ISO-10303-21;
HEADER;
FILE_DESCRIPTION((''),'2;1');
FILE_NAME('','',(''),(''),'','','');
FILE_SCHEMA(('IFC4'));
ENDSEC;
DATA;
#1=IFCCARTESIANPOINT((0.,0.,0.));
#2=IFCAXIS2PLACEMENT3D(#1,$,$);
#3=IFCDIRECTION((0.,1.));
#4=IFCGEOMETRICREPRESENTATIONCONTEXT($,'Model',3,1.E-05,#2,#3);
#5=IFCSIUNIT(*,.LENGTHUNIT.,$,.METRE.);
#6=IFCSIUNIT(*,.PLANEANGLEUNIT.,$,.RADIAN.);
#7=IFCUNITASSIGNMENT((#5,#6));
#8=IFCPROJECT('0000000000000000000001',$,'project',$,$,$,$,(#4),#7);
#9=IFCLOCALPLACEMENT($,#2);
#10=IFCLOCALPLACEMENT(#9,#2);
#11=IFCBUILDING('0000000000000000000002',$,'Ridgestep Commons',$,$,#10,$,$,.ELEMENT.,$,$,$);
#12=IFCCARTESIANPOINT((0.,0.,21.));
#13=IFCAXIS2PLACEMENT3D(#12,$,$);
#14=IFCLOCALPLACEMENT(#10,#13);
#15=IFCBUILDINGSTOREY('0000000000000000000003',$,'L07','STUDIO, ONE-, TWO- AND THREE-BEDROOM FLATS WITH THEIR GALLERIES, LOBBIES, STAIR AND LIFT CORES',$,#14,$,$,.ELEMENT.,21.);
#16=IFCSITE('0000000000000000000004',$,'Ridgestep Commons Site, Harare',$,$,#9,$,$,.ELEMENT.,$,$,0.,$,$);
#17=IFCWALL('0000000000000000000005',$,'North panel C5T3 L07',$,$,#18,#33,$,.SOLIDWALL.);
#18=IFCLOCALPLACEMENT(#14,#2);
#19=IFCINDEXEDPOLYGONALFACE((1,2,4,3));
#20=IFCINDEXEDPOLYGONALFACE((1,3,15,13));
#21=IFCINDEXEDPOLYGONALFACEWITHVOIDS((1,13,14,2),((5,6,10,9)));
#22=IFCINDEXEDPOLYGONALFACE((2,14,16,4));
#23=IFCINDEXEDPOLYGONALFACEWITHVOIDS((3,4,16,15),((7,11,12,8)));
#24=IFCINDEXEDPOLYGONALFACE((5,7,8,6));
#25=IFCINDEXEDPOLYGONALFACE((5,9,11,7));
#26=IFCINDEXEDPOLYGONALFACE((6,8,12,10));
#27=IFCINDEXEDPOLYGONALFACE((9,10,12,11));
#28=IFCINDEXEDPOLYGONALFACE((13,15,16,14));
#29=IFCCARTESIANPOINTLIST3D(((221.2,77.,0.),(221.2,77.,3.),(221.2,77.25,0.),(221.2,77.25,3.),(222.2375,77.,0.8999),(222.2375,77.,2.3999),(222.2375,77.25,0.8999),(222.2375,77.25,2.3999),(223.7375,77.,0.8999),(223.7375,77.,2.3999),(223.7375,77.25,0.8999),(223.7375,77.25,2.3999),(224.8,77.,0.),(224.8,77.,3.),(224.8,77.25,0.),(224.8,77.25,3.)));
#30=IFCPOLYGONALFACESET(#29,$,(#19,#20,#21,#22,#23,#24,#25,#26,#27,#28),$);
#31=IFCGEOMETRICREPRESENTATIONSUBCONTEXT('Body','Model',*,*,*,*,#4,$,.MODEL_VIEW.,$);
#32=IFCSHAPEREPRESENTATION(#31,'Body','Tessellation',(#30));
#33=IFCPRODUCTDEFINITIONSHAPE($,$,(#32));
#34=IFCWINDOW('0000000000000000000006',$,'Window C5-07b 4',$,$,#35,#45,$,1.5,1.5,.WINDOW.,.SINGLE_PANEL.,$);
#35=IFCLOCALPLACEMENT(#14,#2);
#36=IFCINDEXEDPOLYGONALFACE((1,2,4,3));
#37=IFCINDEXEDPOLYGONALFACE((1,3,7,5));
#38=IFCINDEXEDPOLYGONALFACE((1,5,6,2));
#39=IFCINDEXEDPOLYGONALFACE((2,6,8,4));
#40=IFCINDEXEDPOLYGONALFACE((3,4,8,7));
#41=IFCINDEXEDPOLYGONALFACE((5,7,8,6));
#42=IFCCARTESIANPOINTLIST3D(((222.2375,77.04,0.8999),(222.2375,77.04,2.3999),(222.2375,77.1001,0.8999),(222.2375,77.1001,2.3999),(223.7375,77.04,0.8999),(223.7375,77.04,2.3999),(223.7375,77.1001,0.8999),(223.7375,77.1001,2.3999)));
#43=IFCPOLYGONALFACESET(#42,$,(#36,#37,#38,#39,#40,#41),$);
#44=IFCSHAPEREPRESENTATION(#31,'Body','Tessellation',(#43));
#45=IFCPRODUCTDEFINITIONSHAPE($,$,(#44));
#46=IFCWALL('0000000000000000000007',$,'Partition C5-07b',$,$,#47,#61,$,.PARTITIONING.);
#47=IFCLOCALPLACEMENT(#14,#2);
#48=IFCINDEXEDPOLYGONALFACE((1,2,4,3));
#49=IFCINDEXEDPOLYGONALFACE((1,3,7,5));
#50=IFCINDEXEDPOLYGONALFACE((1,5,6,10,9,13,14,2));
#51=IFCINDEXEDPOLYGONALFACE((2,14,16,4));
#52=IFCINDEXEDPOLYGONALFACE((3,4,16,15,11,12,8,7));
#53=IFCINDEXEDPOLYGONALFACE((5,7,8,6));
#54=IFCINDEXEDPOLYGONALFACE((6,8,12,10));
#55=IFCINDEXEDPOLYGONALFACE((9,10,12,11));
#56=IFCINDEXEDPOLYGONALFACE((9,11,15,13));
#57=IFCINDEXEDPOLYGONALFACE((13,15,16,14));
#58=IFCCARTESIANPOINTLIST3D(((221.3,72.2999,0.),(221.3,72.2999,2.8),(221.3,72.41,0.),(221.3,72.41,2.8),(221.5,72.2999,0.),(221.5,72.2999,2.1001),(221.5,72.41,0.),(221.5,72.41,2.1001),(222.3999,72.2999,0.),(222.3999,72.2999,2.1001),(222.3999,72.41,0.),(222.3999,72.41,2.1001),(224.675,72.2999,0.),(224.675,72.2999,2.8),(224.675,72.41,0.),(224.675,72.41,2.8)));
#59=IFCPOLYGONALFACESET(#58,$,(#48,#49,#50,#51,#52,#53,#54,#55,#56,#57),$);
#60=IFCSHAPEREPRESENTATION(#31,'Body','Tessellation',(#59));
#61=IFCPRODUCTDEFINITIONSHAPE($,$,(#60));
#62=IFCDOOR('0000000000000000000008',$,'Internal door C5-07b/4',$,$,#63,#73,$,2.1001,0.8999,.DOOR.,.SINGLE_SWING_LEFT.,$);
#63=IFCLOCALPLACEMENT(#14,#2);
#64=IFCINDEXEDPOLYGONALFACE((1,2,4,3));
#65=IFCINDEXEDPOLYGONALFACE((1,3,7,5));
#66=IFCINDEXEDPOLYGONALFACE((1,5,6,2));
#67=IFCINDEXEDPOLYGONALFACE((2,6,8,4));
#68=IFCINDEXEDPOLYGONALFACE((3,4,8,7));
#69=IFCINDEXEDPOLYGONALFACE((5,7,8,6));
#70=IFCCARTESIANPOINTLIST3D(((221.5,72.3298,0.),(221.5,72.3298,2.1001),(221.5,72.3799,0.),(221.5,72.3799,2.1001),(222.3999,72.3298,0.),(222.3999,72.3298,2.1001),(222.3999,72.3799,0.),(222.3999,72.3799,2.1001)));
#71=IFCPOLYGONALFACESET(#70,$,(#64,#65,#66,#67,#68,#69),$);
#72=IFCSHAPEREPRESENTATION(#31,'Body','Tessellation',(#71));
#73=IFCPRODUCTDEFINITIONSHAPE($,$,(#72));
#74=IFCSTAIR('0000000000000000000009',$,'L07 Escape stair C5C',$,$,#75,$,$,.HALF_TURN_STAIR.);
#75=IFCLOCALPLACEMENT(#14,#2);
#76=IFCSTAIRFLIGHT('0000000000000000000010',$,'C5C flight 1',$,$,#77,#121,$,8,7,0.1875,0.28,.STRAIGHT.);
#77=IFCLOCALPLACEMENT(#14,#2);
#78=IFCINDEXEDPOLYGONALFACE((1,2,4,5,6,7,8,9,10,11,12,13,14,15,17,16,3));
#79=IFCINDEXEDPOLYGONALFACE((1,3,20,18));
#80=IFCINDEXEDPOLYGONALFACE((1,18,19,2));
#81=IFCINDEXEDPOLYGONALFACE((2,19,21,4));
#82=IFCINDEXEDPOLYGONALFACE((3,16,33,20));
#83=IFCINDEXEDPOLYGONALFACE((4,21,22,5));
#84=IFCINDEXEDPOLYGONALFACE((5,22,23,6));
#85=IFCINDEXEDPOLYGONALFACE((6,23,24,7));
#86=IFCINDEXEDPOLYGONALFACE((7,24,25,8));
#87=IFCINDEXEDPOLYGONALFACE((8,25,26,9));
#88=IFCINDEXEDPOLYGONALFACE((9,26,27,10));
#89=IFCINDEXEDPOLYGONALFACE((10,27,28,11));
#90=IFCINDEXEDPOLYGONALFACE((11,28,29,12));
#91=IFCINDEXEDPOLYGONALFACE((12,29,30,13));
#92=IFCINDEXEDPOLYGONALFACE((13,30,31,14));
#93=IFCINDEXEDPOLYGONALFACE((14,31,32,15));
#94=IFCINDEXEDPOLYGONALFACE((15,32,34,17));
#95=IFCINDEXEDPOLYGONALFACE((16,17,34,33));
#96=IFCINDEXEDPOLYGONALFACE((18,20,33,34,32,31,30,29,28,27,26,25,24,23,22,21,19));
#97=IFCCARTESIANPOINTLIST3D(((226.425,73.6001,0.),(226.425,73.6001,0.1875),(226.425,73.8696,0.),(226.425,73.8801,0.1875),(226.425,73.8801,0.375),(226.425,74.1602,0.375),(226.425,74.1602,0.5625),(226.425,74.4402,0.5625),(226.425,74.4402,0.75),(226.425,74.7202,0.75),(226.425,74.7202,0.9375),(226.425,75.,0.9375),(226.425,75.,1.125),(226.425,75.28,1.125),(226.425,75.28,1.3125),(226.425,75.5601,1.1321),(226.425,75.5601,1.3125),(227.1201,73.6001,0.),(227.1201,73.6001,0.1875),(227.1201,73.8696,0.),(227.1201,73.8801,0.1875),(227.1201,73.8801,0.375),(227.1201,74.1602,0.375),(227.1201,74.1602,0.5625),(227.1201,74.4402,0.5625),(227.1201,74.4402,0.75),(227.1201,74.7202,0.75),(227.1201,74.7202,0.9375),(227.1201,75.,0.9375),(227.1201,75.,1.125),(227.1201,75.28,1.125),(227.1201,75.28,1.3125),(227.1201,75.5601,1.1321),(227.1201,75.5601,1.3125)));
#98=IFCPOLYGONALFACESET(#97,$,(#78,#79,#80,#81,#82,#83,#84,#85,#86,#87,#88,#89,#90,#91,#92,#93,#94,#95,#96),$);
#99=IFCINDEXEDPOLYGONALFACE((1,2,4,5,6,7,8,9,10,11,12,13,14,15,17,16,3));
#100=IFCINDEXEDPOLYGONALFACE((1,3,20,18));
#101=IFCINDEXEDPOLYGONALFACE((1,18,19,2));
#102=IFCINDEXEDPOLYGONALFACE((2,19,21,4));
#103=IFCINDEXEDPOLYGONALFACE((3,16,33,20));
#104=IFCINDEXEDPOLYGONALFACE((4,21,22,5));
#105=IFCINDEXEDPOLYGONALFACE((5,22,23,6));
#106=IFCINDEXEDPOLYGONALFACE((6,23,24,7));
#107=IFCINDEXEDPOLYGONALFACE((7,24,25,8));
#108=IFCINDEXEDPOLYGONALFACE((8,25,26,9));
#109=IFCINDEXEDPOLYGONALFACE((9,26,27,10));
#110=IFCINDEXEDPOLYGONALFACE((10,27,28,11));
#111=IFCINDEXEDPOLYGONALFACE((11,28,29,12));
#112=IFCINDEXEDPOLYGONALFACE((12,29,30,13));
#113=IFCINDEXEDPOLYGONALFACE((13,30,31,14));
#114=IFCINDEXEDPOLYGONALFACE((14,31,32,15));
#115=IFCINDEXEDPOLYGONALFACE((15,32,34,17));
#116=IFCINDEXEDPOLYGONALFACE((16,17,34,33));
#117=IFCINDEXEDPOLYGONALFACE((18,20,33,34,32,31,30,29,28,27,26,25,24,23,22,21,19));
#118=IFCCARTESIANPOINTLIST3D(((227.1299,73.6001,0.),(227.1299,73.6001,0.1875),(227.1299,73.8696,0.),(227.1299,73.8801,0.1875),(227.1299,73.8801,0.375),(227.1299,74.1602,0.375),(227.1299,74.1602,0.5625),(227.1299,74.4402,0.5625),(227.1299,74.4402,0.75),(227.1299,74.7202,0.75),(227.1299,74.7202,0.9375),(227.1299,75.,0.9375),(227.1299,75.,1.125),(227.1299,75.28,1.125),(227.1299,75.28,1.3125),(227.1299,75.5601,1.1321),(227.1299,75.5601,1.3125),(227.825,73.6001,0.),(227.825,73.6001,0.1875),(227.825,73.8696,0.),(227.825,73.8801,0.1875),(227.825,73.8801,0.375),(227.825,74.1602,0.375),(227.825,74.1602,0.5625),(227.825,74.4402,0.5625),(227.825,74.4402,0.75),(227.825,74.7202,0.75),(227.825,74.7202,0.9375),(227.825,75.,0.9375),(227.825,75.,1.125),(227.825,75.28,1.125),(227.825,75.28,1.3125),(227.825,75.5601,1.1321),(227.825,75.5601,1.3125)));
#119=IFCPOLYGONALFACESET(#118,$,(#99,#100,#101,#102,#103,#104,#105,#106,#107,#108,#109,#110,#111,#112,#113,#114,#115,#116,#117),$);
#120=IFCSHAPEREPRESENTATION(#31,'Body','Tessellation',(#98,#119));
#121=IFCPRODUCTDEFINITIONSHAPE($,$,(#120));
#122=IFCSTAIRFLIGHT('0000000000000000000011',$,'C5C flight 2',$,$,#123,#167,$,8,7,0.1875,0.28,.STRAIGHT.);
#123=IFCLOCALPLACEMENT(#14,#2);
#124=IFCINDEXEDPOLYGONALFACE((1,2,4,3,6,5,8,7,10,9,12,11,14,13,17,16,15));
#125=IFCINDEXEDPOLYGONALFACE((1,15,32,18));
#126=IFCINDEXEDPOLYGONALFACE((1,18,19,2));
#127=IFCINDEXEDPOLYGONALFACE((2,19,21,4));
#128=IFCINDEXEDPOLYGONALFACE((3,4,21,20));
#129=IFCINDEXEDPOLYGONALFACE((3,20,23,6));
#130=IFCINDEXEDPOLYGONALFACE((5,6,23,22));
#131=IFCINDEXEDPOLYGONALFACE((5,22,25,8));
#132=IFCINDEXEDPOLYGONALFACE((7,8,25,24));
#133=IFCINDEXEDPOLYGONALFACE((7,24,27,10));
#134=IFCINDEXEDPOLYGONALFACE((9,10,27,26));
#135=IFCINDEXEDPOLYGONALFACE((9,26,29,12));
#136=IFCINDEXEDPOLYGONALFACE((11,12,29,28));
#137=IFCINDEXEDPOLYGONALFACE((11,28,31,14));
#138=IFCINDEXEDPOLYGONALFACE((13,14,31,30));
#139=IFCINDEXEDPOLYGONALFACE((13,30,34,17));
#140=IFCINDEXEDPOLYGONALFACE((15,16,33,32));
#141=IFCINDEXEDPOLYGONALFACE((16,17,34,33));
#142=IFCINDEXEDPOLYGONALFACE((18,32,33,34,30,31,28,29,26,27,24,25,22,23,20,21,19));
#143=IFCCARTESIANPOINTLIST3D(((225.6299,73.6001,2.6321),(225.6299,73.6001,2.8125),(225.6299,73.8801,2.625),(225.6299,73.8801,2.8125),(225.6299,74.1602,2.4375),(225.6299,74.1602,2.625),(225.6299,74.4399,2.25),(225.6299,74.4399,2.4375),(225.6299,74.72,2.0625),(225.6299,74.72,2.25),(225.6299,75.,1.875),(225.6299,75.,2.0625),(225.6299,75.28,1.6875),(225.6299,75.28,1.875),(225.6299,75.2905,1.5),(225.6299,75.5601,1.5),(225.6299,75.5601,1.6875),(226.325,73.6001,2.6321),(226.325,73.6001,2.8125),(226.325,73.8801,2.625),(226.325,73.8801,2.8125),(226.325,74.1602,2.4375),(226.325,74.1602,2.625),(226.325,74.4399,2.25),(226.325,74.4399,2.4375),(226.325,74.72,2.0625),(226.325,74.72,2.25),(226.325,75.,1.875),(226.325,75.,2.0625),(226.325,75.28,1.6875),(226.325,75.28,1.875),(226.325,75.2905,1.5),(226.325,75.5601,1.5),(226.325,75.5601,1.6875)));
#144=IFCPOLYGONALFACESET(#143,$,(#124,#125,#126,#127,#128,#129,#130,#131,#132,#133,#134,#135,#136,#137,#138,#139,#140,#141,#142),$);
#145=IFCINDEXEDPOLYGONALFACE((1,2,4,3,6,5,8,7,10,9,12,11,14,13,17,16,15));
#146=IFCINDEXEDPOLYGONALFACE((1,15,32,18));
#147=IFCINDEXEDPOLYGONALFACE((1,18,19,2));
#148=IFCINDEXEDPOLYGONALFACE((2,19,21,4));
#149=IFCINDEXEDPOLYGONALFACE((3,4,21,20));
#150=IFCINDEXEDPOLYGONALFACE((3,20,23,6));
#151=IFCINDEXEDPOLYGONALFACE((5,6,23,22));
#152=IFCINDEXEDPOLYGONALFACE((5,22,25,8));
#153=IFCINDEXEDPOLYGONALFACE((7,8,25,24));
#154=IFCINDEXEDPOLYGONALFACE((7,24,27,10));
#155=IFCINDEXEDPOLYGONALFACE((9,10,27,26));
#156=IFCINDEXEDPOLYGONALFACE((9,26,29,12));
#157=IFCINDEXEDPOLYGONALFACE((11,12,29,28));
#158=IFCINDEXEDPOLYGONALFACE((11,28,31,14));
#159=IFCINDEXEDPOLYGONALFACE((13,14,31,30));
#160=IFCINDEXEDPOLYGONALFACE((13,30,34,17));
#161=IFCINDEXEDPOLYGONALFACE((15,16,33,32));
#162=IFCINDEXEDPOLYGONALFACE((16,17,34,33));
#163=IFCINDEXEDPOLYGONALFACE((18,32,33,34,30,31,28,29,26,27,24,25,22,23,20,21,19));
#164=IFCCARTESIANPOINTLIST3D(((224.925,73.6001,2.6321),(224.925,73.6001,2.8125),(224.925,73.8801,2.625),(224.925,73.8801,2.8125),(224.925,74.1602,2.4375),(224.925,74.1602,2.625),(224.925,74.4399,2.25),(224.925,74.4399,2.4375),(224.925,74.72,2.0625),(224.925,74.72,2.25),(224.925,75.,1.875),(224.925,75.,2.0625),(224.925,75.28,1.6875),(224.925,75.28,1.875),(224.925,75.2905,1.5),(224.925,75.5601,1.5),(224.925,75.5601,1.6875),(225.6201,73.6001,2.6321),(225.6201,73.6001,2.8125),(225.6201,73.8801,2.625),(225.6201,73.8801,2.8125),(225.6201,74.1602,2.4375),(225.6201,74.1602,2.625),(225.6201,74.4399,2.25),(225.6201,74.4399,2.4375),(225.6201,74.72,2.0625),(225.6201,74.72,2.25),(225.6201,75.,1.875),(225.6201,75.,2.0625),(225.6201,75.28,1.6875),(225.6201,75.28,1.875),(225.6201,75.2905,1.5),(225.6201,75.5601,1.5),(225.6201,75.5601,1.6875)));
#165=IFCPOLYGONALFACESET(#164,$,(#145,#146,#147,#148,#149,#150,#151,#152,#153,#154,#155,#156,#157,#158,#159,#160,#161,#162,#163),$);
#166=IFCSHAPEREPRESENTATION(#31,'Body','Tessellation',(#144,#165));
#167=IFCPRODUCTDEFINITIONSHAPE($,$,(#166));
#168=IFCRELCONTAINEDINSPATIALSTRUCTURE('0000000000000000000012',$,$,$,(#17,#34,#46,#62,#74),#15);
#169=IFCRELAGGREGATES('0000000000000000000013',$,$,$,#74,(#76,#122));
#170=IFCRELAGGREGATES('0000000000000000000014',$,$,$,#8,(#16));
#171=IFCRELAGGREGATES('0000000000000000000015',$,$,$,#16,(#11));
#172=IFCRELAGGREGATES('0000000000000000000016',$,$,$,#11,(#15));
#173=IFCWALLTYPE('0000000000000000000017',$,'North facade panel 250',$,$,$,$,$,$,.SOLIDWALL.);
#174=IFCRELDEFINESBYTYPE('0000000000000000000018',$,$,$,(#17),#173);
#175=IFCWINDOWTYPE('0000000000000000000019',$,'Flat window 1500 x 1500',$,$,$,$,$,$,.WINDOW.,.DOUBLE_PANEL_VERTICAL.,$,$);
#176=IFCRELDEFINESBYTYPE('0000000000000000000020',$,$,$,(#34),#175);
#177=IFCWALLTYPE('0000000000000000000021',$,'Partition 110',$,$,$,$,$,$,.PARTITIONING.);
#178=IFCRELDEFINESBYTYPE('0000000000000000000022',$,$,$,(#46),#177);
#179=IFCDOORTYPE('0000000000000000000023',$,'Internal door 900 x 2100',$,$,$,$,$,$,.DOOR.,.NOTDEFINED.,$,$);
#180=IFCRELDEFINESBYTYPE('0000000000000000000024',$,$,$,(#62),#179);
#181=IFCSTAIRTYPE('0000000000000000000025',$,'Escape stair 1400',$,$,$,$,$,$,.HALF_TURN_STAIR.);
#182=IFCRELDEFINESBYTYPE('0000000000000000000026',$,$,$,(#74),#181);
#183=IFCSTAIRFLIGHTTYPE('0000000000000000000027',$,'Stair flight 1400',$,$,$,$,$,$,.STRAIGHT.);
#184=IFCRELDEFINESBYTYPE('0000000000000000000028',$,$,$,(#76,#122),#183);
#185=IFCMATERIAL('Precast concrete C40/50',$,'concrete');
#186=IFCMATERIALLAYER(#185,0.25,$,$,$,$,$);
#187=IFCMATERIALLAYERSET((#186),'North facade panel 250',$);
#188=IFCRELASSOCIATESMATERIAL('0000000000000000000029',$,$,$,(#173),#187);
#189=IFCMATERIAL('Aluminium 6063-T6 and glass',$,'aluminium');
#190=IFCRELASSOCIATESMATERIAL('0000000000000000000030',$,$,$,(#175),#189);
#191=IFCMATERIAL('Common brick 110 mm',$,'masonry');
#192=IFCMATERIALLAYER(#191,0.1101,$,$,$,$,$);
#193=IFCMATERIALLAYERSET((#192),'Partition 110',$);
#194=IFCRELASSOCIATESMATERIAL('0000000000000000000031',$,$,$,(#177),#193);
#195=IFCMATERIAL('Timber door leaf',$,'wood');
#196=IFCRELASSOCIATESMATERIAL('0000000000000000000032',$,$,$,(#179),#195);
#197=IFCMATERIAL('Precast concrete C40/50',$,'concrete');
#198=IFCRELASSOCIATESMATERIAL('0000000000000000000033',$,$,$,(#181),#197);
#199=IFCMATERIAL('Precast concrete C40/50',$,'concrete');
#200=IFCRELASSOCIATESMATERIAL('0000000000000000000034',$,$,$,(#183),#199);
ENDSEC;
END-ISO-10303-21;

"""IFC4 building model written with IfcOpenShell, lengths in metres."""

from ifc_helpers import new_model, si_unit, direction, frame, frame_2d, origin, place, context, subcontext, project, spatial, polyline, rectangle, outline, extrude, material, layer, layer_set, type_object, element, fill, aggregate, save


model = new_model("IFC4")

# Units and contexts
model_context = context("Model", 3, precision=1e-05, world=origin(), true_north=direction((0.0, 1.0)))
body_context = subcontext(model_context, "Body", "Model", "MODEL_VIEW")
ifc_project = project(units=[si_unit("LENGTHUNIT", "METRE"), si_unit("PLANEANGLEUNIT", "RADIAN")], contexts=[model_context])

# Site, building, storey
site_placement = place(None, origin())
site = spatial("IfcSite", under=ifc_project, at=site_placement, Name="Ridgestep Commons Site, Harare", CompositionType="ELEMENT", RefElevation=0.0)
building_placement = place(site_placement, origin())
building = spatial("IfcBuilding", under=site, at=building_placement, Name="Ridgestep Commons", CompositionType="ELEMENT")
storey_placement = place(building_placement, frame((0.0, 0.0, 21.0)))
storey = spatial("IfcBuildingStorey", under=building, at=storey_placement, Name="L07", Description="STUDIO, ONE-, TWO- AND THREE-BEDROOM FLATS WITH THEIR GALLERIES, LOBBIES, STAIR AND LIFT CORES", CompositionType="ELEMENT", Elevation=21.0)

# Wall, opening, window
ifc_material_1 = material(Name="Precast concrete C40/50", Category="concrete")
ifc_layer_1 = layer(ifc_material_1, 0.25)
ifc_layer_set_1 = layer_set([ifc_layer_1], Name="North facade panel 250")
wall_type_1 = type_object("IfcWallType", Name="North facade panel 250", PredefinedType="SOLIDWALL", material=ifc_layer_set_1)
wall_1_placement = place(storey_placement, frame((221.2, 77.125, 0.0), z_axis=(0.0, 0.0, 1.0), x_axis=(1.0, 0.0, 0.0)))
wall_1 = element("IfcWall", 1, at=wall_1_placement, inside=storey, type_object=wall_type_1, Name="North panel C5T3 L07", PredefinedType="SOLIDWALL", context=body_context, shape_type="SweptSolid", body=[
    extrude(rectangle(XDim=3.6001, YDim=0.25, at=frame_2d((1.8, 0.0))), origin(), (0.0, 0.0, 1.0), 3.0),
])
opening_1_placement = place(wall_1_placement, frame((1.0376, 0.0, 0.8999)))
opening_1 = element("IfcOpeningElement", 2, at=opening_1_placement, cuts=wall_1, PredefinedType="OPENING", context=body_context, shape_type="SweptSolid", body=[
    extrude(rectangle(XDim=1.5, YDim=1.5, at=frame_2d((0.75, 0.75))), frame((0.0, 0.135, 0.0), z_axis=(0.0, -1.0, 0.0), x_axis=(1.0, 0.0, 0.0)), (0.0, 0.0, 1.0), 0.27),
])
ifc_material_2 = material(Name="Aluminium 6063-T6 and glass", Category="aluminium")
window_type = type_object("IfcWindowType", Name="Flat window 1500 x 1500", PartitioningType="DOUBLE_PANEL_VERTICAL", PredefinedType="WINDOW", material=ifc_material_2)
window_placement = place(opening_1_placement, origin())
window = element("IfcWindow", 3, at=window_placement, inside=storey, type_object=window_type, Name="Window C5-07b 4", OverallHeight=1.5, OverallWidth=1.5, PartitioningType="SINGLE_PANEL", PredefinedType="WINDOW", context=body_context, shape_type="SweptSolid", body=[
    extrude(rectangle(XDim=1.5, YDim=1.5, at=frame_2d((0.75, 0.75))), frame((0.0, -0.0249, 0.0), z_axis=(0.0, -1.0, 0.0), x_axis=(1.0, 0.0, 0.0)), (0.0, 0.0, 1.0), 0.0601),
])
fill(opening_1, window)

# Wall, opening, door
ifc_material_3 = material(Name="Common brick 110 mm", Category="masonry")
ifc_layer_2 = layer(ifc_material_3, 0.1101)
ifc_layer_set_2 = layer_set([ifc_layer_2], Name="Partition 110")
wall_type_2 = type_object("IfcWallType", Name="Partition 110", PredefinedType="PARTITIONING", material=ifc_layer_set_2)
wall_2_placement = place(storey_placement, frame((221.3, 72.355, 0.0), z_axis=(0.0, 0.0, 1.0), x_axis=(1.0, 0.0, 0.0)))
wall_2 = element("IfcWall", 4, at=wall_2_placement, inside=storey, type_object=wall_type_2, Name="Partition C5-07b", PredefinedType="PARTITIONING", context=body_context, shape_type="SweptSolid", body=[
    extrude(rectangle(XDim=3.375, YDim=0.1101, at=frame_2d((1.6875, 0.0))), origin(), (0.0, 0.0, 1.0), 2.8),
])
opening_2_placement = place(wall_2_placement, frame((0.2, 0.0, 0.0)))
opening_2 = element("IfcOpeningElement", 5, at=opening_2_placement, cuts=wall_2, PredefinedType="OPENING", context=body_context, shape_type="SweptSolid", body=[
    extrude(rectangle(XDim=0.8999, YDim=2.1001, at=frame_2d((0.45, 1.05))), frame((0.0, 0.0649, 0.0), z_axis=(0.0, -1.0, 0.0), x_axis=(1.0, 0.0, 0.0)), (0.0, 0.0, 1.0), 0.1301),
])
ifc_material_4 = material(Name="Timber door leaf", Category="wood")
door_type = type_object("IfcDoorType", Name="Internal door 900 x 2100", OperationType="NOTDEFINED", PredefinedType="DOOR", material=ifc_material_4)
door_placement = place(opening_2_placement, origin())
door = element("IfcDoor", 6, at=door_placement, inside=storey, type_object=door_type, Name="Internal door C5-07b/4", OperationType="SINGLE_SWING_LEFT", OverallHeight=2.1001, OverallWidth=0.8999, PredefinedType="DOOR", context=body_context, shape_type="SweptSolid", body=[
    extrude(rectangle(XDim=0.8999, YDim=2.1001, at=frame_2d((0.45, 1.05))), frame((0.0, 0.0249, 0.0), z_axis=(0.0, -1.0, 0.0), x_axis=(1.0, 0.0, 0.0)), (0.0, 0.0, 1.0), 0.05),
])
fill(opening_2, door)

# Stair, stair flights
ifc_material_5 = material(Name="Precast concrete C40/50", Category="concrete")
stair_type = type_object("IfcStairType", Name="Escape stair 1400", PredefinedType="HALF_TURN_STAIR", material=ifc_material_5)
stair_placement = place(storey_placement, origin())
stair = element("IfcStair", 7, at=stair_placement, inside=storey, type_object=stair_type, Name="L07 Escape stair C5C", PredefinedType="HALF_TURN_STAIR")
ifc_material_6 = material(Name="Precast concrete C40/50", Category="concrete")
stair_flight_type = type_object("IfcStairFlightType", Name="Stair flight 1400", PredefinedType="STRAIGHT", material=ifc_material_6)
stair_flight_1_placement = place(storey_placement, frame((227.125, 73.6001, 0.0), z_axis=(0.0, 0.0, 1.0), x_axis=(0.0, 1.0, 0.0)))
stair_flight_1 = element("IfcStairFlight", 8, at=stair_flight_1_placement, type_object=stair_flight_type, Name="C5C flight 1", NumberOfRisers=8, NumberOfTreads=7, PredefinedType="STRAIGHT", RiserHeight=0.1875, TreadLength=0.28, context=body_context, shape_type="SweptSolid", body=[
    extrude(outline(polyline([(0.0, 0.0), (0.0, 0.1875), (0.28, 0.1875), (0.28, 0.375), (0.5601, 0.375), (0.5601, 0.5625), (0.8401, 0.5625), (0.8401, 0.75), (1.1201, 0.75), (1.1201, 0.9375), (1.3999, 0.9375), (1.3999, 1.125), (1.6799, 1.125), (1.6799, 1.3125), (1.96, 1.3125), (1.96, 1.5), (1.96, 1.1321), (0.2695, 0.0), (0.0, 0.0)])), frame((0.0, 0.7, 0.0), z_axis=(0.0, -1.0, 0.0), x_axis=(1.0, 0.0, 0.0)), (0.0, 0.0, 1.0), 0.6951),
    extrude(outline(polyline([(0.0, 0.0), (0.0, 0.1875), (0.28, 0.1875), (0.28, 0.375), (0.5601, 0.375), (0.5601, 0.5625), (0.8401, 0.5625), (0.8401, 0.75), (1.1201, 0.75), (1.1201, 0.9375), (1.3999, 0.9375), (1.3999, 1.125), (1.6799, 1.125), (1.6799, 1.3125), (1.96, 1.3125), (1.96, 1.5), (1.96, 1.1321), (0.2695, 0.0), (0.0, 0.0)])), frame((0.0, -0.0049, 0.0), z_axis=(0.0, -1.0, 0.0), x_axis=(1.0, 0.0, 0.0)), (0.0, 0.0, 1.0), 0.6951),
])
stair_flight_2_placement = place(storey_placement, frame((225.625, 75.5601, 1.5), z_axis=(0.0, 0.0, 1.0), x_axis=(0.0, -1.0, 0.0)))
stair_flight_2 = element("IfcStairFlight", 9, at=stair_flight_2_placement, type_object=stair_flight_type, Name="C5C flight 2", NumberOfRisers=8, NumberOfTreads=7, PredefinedType="STRAIGHT", RiserHeight=0.1875, TreadLength=0.28, context=body_context, shape_type="SweptSolid", body=[
    extrude(outline(polyline([(0.0, 0.0), (0.0, 0.1875), (0.28, 0.1875), (0.28, 0.375), (0.5601, 0.375), (0.5601, 0.5625), (0.8401, 0.5625), (0.8401, 0.75), (1.1201, 0.75), (1.1201, 0.9375), (1.3999, 0.9375), (1.3999, 1.125), (1.6799, 1.125), (1.6799, 1.3125), (1.96, 1.3125), (1.96, 1.5), (1.96, 1.1321), (0.2695, 0.0), (0.0, 0.0)])), frame((0.0, 0.7, 0.0), z_axis=(0.0, -1.0, 0.0), x_axis=(1.0, 0.0, 0.0)), (0.0, 0.0, 1.0), 0.6951),
    extrude(outline(polyline([(0.0, 0.0), (0.0, 0.1875), (0.28, 0.1875), (0.28, 0.375), (0.5601, 0.375), (0.5601, 0.5625), (0.8401, 0.5625), (0.8401, 0.75), (1.1201, 0.75), (1.1201, 0.9375), (1.3999, 0.9375), (1.3999, 1.125), (1.6799, 1.125), (1.6799, 1.3125), (1.96, 1.3125), (1.96, 1.5), (1.96, 1.1321), (0.2695, 0.0), (0.0, 0.0)])), frame((0.0, -0.0049, 0.0), z_axis=(0.0, -1.0, 0.0), x_axis=(1.0, 0.0, 0.0)), (0.0, 0.0, 1.0), 0.6951),
])
aggregate(stair, [stair_flight_1, stair_flight_2])

save(model, "model.ifc")
